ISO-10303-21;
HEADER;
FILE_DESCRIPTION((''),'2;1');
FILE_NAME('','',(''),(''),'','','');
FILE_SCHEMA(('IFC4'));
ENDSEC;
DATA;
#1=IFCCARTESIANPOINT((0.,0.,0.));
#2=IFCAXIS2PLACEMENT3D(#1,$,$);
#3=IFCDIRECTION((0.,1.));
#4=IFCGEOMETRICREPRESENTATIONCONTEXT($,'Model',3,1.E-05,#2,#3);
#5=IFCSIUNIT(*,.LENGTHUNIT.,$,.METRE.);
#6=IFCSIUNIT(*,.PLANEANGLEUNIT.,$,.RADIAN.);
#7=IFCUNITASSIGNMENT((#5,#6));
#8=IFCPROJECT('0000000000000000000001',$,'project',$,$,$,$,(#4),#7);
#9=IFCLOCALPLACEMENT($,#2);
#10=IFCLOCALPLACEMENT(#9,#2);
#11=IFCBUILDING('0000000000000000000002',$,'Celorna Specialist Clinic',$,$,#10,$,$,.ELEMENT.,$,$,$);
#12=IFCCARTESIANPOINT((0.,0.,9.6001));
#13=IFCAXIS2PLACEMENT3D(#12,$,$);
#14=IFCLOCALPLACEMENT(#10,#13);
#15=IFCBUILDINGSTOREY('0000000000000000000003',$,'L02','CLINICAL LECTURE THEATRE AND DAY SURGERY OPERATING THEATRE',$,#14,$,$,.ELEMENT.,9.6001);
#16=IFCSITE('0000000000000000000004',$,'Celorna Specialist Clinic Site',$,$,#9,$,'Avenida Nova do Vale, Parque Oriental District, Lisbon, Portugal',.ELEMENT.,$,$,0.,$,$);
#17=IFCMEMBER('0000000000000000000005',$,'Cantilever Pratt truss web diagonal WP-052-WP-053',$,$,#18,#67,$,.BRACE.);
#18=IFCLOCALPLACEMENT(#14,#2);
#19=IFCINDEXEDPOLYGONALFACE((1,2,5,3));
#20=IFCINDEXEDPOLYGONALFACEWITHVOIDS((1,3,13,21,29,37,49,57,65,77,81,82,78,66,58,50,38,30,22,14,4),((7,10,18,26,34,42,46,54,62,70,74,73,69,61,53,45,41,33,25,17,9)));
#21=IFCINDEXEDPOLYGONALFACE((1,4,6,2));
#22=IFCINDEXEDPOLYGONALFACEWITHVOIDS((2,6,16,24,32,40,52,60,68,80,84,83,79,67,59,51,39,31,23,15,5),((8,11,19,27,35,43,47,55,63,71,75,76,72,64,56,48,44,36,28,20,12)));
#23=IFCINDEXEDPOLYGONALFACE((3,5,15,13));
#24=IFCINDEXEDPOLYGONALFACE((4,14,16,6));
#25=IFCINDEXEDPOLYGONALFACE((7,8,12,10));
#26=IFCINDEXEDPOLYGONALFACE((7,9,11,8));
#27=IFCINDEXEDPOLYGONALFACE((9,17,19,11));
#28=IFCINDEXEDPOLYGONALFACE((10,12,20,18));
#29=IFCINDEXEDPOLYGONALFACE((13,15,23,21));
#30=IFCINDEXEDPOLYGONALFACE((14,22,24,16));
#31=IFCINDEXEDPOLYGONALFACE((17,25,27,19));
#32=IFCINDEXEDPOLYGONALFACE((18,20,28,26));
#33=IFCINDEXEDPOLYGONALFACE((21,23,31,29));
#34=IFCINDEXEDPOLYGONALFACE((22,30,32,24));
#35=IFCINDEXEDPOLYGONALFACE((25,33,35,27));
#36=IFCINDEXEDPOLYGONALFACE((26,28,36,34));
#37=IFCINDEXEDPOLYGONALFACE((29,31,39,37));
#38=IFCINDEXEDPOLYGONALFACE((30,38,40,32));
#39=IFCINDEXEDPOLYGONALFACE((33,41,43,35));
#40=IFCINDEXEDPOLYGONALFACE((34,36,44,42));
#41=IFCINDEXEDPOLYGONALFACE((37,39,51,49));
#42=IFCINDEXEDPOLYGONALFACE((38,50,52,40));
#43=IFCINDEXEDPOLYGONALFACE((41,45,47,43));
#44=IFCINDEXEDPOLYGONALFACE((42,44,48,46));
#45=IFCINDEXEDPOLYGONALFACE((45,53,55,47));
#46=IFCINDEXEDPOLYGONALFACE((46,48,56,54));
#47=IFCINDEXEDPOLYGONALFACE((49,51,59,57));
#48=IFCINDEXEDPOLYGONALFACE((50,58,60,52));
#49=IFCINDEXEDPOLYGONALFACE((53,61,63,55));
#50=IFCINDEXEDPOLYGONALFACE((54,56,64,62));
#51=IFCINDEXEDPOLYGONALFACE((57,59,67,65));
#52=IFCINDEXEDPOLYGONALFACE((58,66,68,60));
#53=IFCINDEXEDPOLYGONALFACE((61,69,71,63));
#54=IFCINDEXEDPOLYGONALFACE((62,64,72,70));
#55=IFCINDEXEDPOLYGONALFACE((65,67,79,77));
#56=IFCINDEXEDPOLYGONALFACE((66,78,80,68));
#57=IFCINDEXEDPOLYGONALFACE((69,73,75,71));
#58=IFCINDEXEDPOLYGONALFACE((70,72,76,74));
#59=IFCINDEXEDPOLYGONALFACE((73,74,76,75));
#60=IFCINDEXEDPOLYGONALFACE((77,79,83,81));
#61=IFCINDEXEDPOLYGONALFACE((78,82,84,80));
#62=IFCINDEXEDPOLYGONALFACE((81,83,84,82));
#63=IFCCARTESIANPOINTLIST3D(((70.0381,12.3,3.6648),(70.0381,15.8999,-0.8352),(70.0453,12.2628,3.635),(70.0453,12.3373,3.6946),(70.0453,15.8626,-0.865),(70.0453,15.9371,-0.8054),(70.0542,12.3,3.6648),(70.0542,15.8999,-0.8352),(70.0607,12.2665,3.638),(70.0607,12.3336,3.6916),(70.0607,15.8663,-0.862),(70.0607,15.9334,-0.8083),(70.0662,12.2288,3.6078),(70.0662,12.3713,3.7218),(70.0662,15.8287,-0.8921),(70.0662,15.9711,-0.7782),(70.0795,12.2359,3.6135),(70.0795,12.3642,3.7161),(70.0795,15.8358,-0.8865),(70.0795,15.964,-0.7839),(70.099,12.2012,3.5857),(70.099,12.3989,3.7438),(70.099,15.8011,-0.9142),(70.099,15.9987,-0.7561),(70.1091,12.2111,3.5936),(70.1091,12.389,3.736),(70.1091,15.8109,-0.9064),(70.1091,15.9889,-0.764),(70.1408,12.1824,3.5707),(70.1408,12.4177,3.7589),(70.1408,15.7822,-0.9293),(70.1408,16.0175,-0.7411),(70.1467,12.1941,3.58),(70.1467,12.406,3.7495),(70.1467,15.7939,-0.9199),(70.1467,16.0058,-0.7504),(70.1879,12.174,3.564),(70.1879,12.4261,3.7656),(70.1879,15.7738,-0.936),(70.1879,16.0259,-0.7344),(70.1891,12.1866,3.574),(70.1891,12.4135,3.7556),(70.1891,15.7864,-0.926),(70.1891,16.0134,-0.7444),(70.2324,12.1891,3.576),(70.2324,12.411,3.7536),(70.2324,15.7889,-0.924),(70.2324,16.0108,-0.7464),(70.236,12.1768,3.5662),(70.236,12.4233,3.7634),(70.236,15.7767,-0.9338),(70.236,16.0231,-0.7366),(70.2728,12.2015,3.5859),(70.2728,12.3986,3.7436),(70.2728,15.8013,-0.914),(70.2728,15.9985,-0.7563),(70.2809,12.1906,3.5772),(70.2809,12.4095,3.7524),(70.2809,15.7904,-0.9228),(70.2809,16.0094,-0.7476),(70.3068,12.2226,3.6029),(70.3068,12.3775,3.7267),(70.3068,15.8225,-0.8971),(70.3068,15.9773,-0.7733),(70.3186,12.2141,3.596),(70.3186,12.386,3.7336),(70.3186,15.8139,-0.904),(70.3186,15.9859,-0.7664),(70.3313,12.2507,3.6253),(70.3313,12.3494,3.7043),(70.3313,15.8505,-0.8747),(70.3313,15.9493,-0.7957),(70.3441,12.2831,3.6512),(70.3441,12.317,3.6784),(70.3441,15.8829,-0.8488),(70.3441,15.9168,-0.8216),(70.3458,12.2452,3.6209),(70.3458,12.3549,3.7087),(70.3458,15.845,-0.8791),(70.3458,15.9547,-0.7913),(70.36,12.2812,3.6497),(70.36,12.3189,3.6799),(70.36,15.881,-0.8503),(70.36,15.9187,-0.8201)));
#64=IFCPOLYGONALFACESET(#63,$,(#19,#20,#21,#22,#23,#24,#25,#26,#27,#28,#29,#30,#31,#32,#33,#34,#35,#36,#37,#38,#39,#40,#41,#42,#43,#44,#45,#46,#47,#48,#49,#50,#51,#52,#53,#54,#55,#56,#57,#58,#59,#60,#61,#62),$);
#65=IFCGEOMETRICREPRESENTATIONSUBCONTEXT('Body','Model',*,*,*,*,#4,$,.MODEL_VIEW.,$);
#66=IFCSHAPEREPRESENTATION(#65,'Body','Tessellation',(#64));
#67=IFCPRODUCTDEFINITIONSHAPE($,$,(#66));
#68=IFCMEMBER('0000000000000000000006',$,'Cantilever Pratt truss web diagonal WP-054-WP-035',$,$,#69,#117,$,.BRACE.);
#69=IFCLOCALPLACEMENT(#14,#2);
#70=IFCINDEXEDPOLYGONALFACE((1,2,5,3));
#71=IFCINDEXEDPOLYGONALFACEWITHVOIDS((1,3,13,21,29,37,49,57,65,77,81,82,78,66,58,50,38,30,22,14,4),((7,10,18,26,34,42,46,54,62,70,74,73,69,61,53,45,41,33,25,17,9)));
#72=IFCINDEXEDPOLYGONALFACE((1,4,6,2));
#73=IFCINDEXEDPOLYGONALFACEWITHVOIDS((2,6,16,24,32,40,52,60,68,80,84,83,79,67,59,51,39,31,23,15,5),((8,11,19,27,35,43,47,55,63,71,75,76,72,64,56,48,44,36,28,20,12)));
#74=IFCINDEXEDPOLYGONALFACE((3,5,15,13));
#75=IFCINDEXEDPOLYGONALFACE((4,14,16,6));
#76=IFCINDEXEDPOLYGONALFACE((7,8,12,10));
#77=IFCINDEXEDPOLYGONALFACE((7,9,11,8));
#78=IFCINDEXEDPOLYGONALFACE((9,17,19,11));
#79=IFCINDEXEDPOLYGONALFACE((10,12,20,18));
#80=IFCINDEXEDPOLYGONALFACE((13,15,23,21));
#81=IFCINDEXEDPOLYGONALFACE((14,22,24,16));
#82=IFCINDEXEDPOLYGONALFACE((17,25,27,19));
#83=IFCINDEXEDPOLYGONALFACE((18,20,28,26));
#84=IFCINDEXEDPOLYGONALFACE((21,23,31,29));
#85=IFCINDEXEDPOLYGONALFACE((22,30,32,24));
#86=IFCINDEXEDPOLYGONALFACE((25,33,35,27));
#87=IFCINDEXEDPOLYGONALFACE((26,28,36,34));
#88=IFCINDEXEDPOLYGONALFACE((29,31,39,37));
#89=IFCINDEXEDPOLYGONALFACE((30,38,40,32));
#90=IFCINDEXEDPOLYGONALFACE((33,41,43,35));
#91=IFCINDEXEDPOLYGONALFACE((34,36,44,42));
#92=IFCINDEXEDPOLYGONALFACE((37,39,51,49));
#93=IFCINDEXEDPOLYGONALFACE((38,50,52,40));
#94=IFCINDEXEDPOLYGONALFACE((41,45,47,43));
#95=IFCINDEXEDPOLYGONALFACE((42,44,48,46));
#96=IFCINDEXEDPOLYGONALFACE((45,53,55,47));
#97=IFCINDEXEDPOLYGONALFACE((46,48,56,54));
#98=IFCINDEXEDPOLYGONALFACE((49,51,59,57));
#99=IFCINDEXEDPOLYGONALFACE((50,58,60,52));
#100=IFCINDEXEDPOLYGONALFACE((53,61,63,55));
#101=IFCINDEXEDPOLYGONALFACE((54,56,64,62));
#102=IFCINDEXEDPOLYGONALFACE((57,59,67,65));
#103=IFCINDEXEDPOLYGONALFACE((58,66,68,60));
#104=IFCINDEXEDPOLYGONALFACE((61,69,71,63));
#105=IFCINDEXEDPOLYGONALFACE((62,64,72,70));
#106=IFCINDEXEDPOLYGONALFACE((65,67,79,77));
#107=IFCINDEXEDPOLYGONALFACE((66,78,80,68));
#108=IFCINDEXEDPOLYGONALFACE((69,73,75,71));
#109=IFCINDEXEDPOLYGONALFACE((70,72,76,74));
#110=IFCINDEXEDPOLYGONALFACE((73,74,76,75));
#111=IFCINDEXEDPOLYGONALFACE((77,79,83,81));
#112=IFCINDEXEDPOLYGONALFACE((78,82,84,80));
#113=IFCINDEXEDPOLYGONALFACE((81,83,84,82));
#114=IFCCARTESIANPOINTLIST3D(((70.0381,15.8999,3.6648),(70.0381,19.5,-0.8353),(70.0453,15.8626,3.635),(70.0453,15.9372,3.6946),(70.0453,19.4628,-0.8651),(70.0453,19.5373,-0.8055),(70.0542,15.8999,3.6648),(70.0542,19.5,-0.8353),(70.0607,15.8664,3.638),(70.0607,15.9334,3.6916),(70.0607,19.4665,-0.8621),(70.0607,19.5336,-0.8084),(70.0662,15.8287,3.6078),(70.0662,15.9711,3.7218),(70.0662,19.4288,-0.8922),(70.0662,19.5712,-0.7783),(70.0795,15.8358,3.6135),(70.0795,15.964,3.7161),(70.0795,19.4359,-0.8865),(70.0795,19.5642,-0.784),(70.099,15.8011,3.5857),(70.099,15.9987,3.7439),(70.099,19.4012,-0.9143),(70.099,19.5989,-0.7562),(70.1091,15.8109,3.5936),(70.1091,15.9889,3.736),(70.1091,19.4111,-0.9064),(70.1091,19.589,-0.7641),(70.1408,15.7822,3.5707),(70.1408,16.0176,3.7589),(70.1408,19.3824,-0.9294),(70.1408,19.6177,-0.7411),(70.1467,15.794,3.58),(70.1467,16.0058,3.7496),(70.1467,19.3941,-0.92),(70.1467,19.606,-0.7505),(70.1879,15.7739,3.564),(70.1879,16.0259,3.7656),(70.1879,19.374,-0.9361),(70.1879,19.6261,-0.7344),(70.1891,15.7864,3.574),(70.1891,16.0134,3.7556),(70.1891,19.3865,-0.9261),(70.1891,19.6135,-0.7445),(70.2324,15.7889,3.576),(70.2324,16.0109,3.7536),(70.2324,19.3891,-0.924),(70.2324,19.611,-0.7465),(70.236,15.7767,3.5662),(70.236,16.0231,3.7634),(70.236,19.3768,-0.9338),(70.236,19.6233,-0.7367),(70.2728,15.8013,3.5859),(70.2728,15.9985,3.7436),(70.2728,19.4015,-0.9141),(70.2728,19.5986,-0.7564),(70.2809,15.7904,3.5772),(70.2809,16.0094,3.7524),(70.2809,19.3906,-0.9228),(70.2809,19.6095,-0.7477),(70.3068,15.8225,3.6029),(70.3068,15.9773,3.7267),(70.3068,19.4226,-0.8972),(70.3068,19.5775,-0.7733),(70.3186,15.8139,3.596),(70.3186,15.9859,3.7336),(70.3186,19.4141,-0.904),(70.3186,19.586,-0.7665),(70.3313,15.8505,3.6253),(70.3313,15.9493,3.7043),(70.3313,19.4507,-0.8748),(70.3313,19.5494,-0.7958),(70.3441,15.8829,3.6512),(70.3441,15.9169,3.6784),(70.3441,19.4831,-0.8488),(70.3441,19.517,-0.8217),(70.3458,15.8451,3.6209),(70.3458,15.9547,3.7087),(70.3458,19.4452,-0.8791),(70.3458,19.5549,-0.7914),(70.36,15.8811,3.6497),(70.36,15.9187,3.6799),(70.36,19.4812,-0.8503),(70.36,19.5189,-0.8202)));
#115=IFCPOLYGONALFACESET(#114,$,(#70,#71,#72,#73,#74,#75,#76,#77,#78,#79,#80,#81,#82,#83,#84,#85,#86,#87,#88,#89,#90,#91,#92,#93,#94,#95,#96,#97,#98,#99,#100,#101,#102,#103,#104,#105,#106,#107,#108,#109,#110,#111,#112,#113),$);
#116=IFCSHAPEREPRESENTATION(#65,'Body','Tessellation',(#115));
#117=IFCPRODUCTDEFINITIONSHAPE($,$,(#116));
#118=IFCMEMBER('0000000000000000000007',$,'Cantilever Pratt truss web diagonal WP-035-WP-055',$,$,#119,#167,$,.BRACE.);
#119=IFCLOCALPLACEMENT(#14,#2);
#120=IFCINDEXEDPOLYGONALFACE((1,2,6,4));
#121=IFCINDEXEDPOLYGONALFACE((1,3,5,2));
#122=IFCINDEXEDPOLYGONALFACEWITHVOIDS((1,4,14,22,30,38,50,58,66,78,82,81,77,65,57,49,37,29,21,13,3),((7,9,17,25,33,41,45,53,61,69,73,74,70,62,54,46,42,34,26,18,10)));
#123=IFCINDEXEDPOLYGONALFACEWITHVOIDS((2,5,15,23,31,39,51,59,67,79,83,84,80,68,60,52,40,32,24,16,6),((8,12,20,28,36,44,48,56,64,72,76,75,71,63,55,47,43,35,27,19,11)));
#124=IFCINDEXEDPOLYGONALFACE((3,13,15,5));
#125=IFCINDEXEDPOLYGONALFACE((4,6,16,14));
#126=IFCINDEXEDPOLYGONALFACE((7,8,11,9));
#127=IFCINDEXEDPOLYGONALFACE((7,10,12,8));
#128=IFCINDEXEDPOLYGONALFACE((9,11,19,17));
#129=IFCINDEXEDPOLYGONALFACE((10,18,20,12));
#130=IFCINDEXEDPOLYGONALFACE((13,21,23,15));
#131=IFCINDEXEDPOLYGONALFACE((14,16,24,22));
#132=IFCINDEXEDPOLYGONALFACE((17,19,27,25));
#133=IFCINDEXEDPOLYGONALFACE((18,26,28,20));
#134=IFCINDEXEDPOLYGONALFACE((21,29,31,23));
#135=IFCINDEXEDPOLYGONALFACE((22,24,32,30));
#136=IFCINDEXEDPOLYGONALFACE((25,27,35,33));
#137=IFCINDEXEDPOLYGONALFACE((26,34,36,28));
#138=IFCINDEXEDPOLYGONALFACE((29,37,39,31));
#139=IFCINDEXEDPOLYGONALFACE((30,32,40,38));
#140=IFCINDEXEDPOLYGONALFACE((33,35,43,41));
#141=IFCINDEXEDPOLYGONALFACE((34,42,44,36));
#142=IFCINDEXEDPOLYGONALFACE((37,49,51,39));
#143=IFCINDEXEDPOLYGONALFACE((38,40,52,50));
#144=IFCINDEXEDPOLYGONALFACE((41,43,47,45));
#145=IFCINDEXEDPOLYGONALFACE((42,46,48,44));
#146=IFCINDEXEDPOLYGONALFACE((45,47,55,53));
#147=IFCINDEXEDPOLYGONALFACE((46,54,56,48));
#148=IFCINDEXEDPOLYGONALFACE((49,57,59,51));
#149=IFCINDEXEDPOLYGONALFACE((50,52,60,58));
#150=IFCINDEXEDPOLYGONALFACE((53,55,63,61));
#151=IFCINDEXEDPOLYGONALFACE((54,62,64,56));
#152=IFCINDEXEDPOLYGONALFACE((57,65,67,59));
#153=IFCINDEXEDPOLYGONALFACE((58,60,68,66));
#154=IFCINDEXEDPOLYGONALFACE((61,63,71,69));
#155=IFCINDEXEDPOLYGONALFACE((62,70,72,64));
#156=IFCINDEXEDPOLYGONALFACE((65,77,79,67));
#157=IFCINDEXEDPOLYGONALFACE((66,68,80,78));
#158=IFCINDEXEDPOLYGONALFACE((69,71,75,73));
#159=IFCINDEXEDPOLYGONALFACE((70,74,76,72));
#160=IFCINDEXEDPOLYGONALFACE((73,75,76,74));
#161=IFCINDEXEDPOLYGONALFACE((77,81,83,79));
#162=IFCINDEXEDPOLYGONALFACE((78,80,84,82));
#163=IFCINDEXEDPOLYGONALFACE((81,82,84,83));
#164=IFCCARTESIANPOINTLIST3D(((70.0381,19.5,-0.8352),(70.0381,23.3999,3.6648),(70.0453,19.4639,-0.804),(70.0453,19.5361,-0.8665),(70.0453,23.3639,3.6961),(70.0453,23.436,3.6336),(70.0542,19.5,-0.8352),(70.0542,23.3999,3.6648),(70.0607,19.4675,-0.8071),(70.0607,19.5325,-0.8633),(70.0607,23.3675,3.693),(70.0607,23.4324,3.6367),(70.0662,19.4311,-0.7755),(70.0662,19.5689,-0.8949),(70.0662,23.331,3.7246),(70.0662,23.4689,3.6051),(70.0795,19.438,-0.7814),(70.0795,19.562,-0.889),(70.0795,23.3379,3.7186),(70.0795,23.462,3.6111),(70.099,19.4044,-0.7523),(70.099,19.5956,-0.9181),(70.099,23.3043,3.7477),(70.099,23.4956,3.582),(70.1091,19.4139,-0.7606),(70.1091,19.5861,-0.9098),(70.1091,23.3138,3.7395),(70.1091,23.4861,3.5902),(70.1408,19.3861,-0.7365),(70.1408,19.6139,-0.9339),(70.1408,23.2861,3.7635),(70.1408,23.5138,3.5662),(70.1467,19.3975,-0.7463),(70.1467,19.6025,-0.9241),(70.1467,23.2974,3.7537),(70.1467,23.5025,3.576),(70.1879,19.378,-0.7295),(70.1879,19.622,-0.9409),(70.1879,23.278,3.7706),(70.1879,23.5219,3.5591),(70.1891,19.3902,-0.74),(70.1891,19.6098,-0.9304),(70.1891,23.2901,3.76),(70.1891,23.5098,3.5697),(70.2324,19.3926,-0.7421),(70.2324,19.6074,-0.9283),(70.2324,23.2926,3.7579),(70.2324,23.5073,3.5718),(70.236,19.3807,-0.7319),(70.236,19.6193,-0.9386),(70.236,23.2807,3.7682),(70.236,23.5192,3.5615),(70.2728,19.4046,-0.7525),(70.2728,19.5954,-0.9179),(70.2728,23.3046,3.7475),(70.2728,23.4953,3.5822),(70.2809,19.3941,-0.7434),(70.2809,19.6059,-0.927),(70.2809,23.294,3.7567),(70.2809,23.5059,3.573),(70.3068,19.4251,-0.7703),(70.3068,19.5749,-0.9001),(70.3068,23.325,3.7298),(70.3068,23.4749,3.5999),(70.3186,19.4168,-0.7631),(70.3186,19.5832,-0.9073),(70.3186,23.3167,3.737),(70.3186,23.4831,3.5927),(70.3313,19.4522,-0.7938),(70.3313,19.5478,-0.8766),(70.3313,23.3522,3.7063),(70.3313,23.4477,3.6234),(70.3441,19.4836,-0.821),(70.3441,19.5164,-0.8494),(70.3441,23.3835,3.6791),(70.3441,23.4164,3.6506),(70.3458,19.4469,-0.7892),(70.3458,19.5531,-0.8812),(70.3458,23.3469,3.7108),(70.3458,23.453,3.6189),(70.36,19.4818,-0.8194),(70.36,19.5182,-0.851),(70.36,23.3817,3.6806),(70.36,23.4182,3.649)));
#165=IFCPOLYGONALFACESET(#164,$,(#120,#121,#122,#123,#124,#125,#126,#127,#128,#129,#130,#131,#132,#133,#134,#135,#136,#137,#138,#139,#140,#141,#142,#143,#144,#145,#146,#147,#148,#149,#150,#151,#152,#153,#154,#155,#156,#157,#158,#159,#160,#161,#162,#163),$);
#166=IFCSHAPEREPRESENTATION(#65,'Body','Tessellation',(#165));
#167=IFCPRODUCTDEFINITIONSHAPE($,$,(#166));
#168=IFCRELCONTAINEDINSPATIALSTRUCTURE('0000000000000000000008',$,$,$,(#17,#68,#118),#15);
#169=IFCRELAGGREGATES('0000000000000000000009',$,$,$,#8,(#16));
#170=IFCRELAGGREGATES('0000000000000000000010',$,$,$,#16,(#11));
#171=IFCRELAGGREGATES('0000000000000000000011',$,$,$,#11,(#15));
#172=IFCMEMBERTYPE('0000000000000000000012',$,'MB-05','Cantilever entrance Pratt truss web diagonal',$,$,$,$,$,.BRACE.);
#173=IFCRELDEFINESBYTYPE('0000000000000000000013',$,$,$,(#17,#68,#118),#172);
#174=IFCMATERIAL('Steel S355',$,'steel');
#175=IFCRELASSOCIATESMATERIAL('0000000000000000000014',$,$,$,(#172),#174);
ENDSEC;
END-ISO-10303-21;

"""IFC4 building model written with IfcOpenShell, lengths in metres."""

from ifc_helpers import new_model, si_unit, direction, frame, origin, origin_2d, place, context, subcontext, project, spatial, hollow_circle, extrude, material, material_profile, profile_set, type_object, element, save


model = new_model("IFC4")

# Units and contexts
model_context = context("Model", 3, precision=1e-05, world=origin(), true_north=direction((0.0, 1.0)))
body_context = subcontext(model_context, "Body", "Model", "MODEL_VIEW")
ifc_project = project(units=[si_unit("LENGTHUNIT", "METRE"), si_unit("PLANEANGLEUNIT", "RADIAN")], contexts=[model_context])

# Site, building, storey
site_placement = place(None, origin())
site = spatial("IfcSite", under=ifc_project, at=site_placement, Name="Celorna Specialist Clinic Site", LongName="Avenida Nova do Vale, Parque Oriental District, Lisbon, Portugal", CompositionType="ELEMENT", RefElevation=0.0)
building_placement = place(site_placement, origin())
building = spatial("IfcBuilding", under=site, at=building_placement, Name="Celorna Specialist Clinic", CompositionType="ELEMENT")
storey_placement = place(building_placement, frame((0.0, 0.0, 9.6001)))
storey = spatial("IfcBuildingStorey", under=building, at=storey_placement, Name="L02", Description="CLINICAL LECTURE THEATRE AND DAY SURGERY OPERATING THEATRE", CompositionType="ELEMENT", Elevation=9.6001)

# Shared definitions
ifc_material_1 = material(Name="Steel S355", Category="steel")

# Members
ifc_material_profile_1 = material_profile(ifc_material_1, hollow_circle(Radius=0.1619, WallThickness=0.0161, at=origin_2d()), Name="CHS 323.9x16")
ifc_profile_set_1 = profile_set([ifc_material_profile_1], Name="Steel S355")
member_type_1 = type_object("IfcMemberType", Name="MB-05", Description="Cantilever entrance Pratt truss web diagonal", PredefinedType="BRACE", material=ifc_profile_set_1)
member_1_placement = place(storey_placement, frame((70.2, 12.3, 3.6648), z_axis=(0.0, 0.62468, -0.780881), x_axis=(-1.0, 0.0, 0.0)))
element("IfcMember", 1, at=member_1_placement, inside=storey, type_object=member_type_1, Name="Cantilever Pratt truss web diagonal WP-052-WP-053", PredefinedType="BRACE", context=body_context, shape_type="SweptSolid", body=[
    extrude(hollow_circle(Radius=0.1619, WallThickness=0.0161, at=origin_2d()), origin(), (0.0, 0.0, 1.0), 5.7627),
])
member_2_placement = place(storey_placement, frame((70.2, 15.8999, 3.6648), z_axis=(0.0, 0.624705, -0.780861), x_axis=(-1.0, 0.0, 0.0)))
element("IfcMember", 2, at=member_2_placement, inside=storey, type_object=member_type_1, Name="Cantilever Pratt truss web diagonal WP-054-WP-035", PredefinedType="BRACE", context=body_context, shape_type="SweptSolid", body=[
    extrude(hollow_circle(Radius=0.1619, WallThickness=0.0161, at=origin_2d()), origin(), (0.0, 0.0, 1.0), 5.7629),
])
for number, where, z_axis, x_axis, name in (
    (3, (70.2, 19.5, -0.8352), (0.0, 0.654921, 0.755697), (-1.0, 0.0, 0.0), "Cantilever Pratt truss web diagonal WP-035-WP-055"),
):
    element("IfcMember", number, at=place(storey_placement, frame(where, z_axis=z_axis, x_axis=x_axis)), inside=storey, type_object=member_type_1, Name=name, PredefinedType="BRACE", context=body_context, shape_type="SweptSolid", body=[
        extrude(hollow_circle(Radius=0.1619, WallThickness=0.0161, at=origin_2d()), origin(), (0.0, 0.0, 1.0), 5.9548),
    ])

save(model, "model.ifc")
